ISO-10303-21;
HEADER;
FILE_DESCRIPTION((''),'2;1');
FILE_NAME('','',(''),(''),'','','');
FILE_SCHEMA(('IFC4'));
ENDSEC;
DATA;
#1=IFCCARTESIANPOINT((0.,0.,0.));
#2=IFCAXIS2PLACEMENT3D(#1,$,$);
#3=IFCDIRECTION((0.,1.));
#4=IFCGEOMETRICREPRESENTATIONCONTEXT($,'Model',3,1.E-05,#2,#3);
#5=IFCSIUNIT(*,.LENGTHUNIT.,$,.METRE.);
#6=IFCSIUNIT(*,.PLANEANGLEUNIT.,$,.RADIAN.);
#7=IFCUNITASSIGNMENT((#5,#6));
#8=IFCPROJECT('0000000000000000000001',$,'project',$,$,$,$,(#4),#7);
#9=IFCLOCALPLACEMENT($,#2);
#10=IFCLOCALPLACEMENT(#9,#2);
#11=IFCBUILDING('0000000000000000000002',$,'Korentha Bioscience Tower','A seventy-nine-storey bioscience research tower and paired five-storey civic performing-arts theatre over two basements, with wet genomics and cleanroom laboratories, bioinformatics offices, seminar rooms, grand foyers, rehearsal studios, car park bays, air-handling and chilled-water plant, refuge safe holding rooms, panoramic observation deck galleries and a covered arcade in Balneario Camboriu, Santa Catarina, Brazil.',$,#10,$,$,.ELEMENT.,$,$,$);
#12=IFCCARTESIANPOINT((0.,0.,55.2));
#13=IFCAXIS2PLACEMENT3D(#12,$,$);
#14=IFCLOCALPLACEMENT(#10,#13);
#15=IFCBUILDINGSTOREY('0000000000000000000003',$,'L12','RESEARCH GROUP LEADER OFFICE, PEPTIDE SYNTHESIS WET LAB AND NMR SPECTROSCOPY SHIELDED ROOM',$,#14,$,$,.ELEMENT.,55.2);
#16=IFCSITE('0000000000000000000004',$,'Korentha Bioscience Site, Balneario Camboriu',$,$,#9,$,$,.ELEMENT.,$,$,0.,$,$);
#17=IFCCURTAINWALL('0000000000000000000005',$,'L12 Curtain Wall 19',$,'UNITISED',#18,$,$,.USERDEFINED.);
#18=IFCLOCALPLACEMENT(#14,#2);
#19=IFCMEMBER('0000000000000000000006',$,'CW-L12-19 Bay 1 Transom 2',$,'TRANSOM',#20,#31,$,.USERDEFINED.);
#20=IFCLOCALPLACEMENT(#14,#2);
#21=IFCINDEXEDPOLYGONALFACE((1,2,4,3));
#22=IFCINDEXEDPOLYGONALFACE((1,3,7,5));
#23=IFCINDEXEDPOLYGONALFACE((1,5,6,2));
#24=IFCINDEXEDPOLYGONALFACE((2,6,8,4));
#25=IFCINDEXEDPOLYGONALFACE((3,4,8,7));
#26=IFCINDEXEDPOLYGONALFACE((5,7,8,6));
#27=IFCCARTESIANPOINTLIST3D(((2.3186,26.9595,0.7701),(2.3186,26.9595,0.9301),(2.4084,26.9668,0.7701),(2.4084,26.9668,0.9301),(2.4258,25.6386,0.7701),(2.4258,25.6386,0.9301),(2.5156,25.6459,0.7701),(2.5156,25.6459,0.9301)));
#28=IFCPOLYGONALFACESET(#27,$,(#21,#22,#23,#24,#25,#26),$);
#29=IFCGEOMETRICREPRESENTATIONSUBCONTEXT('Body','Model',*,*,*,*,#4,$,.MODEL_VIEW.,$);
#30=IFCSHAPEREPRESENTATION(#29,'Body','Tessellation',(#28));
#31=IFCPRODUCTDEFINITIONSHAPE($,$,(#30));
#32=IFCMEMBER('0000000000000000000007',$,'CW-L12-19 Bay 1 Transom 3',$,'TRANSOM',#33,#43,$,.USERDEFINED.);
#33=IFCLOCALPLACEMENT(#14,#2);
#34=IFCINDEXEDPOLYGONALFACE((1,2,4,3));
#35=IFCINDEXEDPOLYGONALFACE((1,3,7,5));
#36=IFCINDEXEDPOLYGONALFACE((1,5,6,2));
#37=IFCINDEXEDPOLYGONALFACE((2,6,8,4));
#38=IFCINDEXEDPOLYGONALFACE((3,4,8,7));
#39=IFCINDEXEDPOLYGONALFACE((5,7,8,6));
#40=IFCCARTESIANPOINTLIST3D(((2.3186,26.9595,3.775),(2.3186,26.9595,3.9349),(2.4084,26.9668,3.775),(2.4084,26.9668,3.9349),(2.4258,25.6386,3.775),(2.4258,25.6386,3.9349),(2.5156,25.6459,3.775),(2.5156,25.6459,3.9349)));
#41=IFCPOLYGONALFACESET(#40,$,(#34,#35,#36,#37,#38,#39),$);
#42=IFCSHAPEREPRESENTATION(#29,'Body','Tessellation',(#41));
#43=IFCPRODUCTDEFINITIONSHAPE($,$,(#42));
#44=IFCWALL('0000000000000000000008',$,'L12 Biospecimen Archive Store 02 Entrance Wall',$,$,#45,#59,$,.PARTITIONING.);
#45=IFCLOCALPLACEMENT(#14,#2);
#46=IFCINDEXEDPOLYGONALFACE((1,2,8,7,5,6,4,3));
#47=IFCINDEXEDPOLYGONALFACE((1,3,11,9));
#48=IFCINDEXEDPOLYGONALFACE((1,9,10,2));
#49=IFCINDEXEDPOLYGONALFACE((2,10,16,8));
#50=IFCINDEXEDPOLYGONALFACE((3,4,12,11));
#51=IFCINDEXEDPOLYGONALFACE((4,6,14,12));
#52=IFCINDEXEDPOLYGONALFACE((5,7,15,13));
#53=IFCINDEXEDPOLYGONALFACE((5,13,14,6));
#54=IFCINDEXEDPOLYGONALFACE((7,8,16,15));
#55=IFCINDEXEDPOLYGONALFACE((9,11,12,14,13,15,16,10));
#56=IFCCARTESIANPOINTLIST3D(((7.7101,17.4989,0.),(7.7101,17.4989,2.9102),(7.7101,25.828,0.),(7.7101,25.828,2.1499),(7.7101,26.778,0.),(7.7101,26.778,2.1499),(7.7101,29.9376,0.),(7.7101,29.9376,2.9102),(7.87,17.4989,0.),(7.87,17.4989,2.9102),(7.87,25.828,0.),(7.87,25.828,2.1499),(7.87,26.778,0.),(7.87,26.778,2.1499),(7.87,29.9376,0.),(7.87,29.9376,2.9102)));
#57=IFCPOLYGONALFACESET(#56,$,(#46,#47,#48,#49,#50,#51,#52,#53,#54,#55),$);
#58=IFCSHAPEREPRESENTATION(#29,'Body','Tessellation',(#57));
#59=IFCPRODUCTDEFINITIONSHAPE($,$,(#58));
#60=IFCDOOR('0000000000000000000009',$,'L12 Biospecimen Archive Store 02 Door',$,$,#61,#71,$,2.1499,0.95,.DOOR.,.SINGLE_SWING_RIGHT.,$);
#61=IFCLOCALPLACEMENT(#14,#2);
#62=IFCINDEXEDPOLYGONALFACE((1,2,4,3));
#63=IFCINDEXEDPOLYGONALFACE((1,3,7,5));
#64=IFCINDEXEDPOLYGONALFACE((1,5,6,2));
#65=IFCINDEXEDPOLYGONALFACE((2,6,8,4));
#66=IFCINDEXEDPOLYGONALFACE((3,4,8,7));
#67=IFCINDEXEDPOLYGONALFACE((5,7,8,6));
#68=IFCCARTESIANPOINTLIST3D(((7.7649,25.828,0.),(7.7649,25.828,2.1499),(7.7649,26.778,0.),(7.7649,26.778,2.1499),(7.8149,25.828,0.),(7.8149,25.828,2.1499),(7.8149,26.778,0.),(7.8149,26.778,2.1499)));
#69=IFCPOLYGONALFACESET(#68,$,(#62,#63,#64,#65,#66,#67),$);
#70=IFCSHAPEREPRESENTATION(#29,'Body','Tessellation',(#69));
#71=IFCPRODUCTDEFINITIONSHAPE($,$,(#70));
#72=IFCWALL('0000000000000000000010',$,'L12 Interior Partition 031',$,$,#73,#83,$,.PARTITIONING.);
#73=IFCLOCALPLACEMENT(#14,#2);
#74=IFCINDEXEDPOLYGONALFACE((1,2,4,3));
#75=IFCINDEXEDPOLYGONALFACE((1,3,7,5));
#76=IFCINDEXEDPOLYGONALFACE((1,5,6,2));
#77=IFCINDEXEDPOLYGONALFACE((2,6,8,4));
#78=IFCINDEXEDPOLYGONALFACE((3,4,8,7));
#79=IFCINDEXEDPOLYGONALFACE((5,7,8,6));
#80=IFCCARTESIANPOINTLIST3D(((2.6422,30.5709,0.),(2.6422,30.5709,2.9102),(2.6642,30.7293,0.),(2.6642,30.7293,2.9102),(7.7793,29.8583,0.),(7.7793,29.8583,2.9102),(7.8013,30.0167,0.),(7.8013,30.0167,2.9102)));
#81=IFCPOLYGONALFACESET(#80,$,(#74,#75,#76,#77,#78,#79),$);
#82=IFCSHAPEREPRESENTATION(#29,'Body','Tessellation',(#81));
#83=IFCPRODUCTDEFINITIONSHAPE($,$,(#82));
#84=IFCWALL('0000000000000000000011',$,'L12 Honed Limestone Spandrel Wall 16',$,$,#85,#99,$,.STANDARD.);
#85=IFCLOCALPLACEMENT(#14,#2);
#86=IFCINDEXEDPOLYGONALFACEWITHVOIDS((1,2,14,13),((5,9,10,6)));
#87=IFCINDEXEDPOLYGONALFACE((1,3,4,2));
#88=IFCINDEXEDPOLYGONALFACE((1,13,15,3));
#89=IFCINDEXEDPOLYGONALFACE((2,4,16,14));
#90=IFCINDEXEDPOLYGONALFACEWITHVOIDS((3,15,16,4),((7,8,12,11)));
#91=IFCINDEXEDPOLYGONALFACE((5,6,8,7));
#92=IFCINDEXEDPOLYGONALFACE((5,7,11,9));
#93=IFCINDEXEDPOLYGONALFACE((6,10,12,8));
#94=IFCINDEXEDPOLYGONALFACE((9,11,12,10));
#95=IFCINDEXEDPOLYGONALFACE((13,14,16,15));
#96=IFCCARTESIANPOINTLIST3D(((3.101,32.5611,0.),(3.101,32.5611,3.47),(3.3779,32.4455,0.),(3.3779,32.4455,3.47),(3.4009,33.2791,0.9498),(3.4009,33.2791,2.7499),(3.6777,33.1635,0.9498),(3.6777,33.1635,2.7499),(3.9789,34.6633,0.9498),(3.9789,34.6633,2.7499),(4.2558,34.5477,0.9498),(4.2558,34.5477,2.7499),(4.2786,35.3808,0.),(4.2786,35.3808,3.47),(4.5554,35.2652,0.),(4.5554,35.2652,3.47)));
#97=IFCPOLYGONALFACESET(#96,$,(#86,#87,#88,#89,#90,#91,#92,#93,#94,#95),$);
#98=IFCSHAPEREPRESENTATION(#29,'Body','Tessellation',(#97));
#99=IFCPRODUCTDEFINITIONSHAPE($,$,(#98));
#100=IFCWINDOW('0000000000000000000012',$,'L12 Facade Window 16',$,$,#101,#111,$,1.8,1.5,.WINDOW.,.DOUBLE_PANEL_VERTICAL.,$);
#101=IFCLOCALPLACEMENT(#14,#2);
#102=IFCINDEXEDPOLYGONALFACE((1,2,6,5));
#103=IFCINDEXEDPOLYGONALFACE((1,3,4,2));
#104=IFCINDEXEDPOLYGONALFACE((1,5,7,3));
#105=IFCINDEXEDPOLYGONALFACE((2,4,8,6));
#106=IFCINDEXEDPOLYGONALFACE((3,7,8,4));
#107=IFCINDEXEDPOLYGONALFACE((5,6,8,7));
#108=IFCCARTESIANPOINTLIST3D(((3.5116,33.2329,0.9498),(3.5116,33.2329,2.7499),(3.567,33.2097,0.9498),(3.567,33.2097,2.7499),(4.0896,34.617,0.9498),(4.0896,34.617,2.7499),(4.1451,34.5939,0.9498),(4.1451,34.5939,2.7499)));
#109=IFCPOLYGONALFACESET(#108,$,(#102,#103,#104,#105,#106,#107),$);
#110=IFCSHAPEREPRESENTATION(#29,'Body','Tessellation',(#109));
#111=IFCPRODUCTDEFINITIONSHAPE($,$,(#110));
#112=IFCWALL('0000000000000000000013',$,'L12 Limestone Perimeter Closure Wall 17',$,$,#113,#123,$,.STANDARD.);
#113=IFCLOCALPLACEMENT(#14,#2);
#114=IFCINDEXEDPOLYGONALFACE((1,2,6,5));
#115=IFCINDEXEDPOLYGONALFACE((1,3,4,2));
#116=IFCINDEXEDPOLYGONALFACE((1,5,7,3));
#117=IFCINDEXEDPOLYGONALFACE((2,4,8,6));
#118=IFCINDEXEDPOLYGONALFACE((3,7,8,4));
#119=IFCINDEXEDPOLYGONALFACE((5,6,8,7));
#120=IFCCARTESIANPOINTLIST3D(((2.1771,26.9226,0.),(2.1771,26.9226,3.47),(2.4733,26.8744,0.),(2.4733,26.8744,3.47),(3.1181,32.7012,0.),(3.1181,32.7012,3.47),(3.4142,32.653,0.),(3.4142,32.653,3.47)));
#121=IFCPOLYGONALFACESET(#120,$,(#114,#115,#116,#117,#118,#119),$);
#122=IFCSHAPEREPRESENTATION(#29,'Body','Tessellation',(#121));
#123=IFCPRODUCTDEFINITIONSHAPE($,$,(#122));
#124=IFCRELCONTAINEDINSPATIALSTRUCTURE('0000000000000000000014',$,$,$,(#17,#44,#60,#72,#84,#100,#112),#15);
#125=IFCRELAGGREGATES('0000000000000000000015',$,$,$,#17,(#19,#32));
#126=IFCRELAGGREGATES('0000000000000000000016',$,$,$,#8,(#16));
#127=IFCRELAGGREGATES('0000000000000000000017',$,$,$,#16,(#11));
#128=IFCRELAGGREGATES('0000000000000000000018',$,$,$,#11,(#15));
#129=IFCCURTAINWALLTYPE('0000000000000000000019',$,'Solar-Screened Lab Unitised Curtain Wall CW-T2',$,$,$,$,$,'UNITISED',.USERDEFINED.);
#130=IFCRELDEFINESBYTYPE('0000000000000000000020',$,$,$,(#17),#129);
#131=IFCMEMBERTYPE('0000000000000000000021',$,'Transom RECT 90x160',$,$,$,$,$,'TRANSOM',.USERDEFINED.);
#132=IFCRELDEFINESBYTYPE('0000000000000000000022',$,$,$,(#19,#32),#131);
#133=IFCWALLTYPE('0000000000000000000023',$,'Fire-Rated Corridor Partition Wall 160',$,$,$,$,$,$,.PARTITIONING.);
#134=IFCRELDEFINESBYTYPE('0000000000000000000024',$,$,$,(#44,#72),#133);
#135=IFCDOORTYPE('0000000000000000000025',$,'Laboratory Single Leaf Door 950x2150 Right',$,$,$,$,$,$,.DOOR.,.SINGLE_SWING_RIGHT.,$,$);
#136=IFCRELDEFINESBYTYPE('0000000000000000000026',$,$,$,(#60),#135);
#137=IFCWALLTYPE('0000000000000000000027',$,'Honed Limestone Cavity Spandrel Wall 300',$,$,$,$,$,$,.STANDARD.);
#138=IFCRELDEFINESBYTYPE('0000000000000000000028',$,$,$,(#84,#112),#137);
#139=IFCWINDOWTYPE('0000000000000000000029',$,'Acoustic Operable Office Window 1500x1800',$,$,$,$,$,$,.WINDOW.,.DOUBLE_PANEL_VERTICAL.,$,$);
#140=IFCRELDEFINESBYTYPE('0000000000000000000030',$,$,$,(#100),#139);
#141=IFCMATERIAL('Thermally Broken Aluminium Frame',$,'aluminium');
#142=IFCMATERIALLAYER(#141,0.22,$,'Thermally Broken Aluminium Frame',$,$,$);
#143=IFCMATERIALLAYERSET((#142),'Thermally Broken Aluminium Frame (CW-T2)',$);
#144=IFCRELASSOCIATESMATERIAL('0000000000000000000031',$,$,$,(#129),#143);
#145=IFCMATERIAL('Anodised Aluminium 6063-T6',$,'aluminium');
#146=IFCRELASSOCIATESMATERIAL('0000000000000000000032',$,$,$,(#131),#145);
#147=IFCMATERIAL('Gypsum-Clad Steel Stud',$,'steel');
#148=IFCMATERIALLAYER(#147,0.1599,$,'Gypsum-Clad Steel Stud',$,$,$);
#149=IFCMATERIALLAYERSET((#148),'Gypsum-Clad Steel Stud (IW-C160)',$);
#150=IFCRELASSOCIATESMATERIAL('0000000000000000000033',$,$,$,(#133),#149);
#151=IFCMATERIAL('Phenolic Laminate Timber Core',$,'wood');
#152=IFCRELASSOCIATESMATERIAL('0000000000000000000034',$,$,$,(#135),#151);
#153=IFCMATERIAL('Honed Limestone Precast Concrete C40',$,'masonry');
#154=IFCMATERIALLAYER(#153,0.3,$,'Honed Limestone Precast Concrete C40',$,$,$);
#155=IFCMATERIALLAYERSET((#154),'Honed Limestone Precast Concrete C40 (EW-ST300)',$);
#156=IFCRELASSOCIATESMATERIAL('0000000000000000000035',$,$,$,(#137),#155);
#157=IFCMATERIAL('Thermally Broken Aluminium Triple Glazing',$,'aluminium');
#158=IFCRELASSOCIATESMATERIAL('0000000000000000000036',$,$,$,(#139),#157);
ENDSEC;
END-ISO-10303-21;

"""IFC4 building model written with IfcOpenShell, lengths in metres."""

from ifc_helpers import new_model, si_unit, direction, frame, frame_2d, origin, origin_2d, place, context, subcontext, project, spatial, rectangle, extrude, material, layer, layer_set, material_profile, profile_set, type_object, element, fill, aggregate, save


model = new_model("IFC4")

# Units and contexts
model_context = context("Model", 3, precision=1e-05, world=origin(), true_north=direction((0.0, 1.0)))
body_context = subcontext(model_context, "Body", "Model", "MODEL_VIEW")
ifc_project = project(units=[si_unit("LENGTHUNIT", "METRE"), si_unit("PLANEANGLEUNIT", "RADIAN")], contexts=[model_context])

# Site, building, storey
site_placement = place(None, origin())
site = spatial("IfcSite", under=ifc_project, at=site_placement, Name="Korentha Bioscience Site, Balneario Camboriu", CompositionType="ELEMENT", RefElevation=0.0)
building_placement = place(site_placement, origin())
building = spatial("IfcBuilding", under=site, at=building_placement, Name="Korentha Bioscience Tower", Description="A seventy-nine-storey bioscience research tower and paired five-storey civic performing-arts theatre over two basements, with wet genomics and cleanroom laboratories, bioinformatics offices, seminar rooms, grand foyers, rehearsal studios, car park bays, air-handling and chilled-water plant, refuge safe holding rooms, panoramic observation deck galleries and a covered arcade in Balneario Camboriu, Santa Catarina, Brazil.", CompositionType="ELEMENT")
storey_placement = place(building_placement, frame((0.0, 0.0, 55.2)))
storey = spatial("IfcBuildingStorey", under=building, at=storey_placement, Name="L12", Description="RESEARCH GROUP LEADER OFFICE, PEPTIDE SYNTHESIS WET LAB AND NMR SPECTROSCOPY SHIELDED ROOM", CompositionType="ELEMENT", Elevation=55.2)

# Curtain wall
ifc_material_1 = material(Name="Thermally Broken Aluminium Frame", Category="aluminium")
ifc_layer_1 = layer(ifc_material_1, 0.22, Name="Thermally Broken Aluminium Frame")
ifc_layer_set_1 = layer_set([ifc_layer_1], Name="Thermally Broken Aluminium Frame (CW-T2)")
curtain_wall_type = type_object("IfcCurtainWallType", Name="Solar-Screened Lab Unitised Curtain Wall CW-T2", ElementType="UNITISED", PredefinedType="USERDEFINED", material=ifc_layer_set_1)
curtain_wall_placement = place(storey_placement, origin())
curtain_wall = element("IfcCurtainWall", 1, at=curtain_wall_placement, inside=storey, type_object=curtain_wall_type, Name="L12 Curtain Wall 19", ObjectType="UNITISED", PredefinedType="USERDEFINED")
ifc_material_2 = material(Name="Anodised Aluminium 6063-T6", Category="aluminium")

# Members
ifc_material_profile_1 = material_profile(ifc_material_2, rectangle(XDim=0.0901, YDim=0.1599, at=origin_2d()), Name="Anodised Aluminium 6063-T6")
ifc_profile_set_1 = profile_set([ifc_material_profile_1], Name="Anodised Aluminium 6063-T6 (CW-TRN)")
member_type_1 = type_object("IfcMemberType", Name="Transom RECT 90x160", ElementType="TRANSOM", PredefinedType="USERDEFINED", material=ifc_profile_set_1)
member_1_placement = place(storey_placement, frame((2.3635, 26.9631, 0.8501), z_axis=(0.08088, -0.996724, 0.0), x_axis=(0.996724, 0.08088, 0.0)))
member_1 = element("IfcMember", 2, at=member_1_placement, type_object=member_type_1, Name="CW-L12-19 Bay 1 Transom 2", ObjectType="TRANSOM", PredefinedType="USERDEFINED", context=body_context, shape_type="SweptSolid", body=[
    extrude(rectangle(XDim=0.0901, YDim=0.1599, at=origin_2d()), origin(), (0.0, 0.0, 1.0), 1.3252),
])
member_2_placement = place(storey_placement, frame((2.3635, 26.9631, 3.855), z_axis=(0.08088, -0.996724, 0.0), x_axis=(0.996724, 0.08088, 0.0)))
member_2 = element("IfcMember", 3, at=member_2_placement, type_object=member_type_1, Name="CW-L12-19 Bay 1 Transom 3", ObjectType="TRANSOM", PredefinedType="USERDEFINED", context=body_context, shape_type="SweptSolid", body=[
    extrude(rectangle(XDim=0.0901, YDim=0.1599, at=origin_2d()), origin(), (0.0, 0.0, 1.0), 1.3252),
])
aggregate(curtain_wall, [member_1, member_2])

# Wall, opening, door
ifc_material_3 = material(Name="Gypsum-Clad Steel Stud", Category="steel")
ifc_layer_2 = layer(ifc_material_3, 0.1599, Name="Gypsum-Clad Steel Stud")
ifc_layer_set_2 = layer_set([ifc_layer_2], Name="Gypsum-Clad Steel Stud (IW-C160)")
wall_type_1 = type_object("IfcWallType", Name="Fire-Rated Corridor Partition Wall 160", PredefinedType="PARTITIONING", material=ifc_layer_set_2)
wall_1_placement = place(storey_placement, frame((7.79, 29.9375, 0.0), z_axis=(0.0, 0.0, 1.0), x_axis=(0.0, -1.0, 0.0)))
wall_1 = element("IfcWall", 4, at=wall_1_placement, inside=storey, type_object=wall_type_1, Name="L12 Biospecimen Archive Store 02 Entrance Wall", PredefinedType="PARTITIONING", context=body_context, shape_type="SweptSolid", body=[
    extrude(rectangle(XDim=12.4387, YDim=0.1599, at=frame_2d((6.2192, 0.0))), origin(), (0.0, 0.0, 1.0), 2.9102),
])
opening_1_placement = place(wall_1_placement, frame((3.1594, 0.0, 0.0)))
opening_1 = element("IfcOpeningElement", 5, at=opening_1_placement, cuts=wall_1, PredefinedType="OPENING", context=body_context, shape_type="SweptSolid", body=[
    extrude(rectangle(XDim=0.95, YDim=2.1499, at=frame_2d((0.4751, 1.075))), frame((0.0, 0.0947, 0.0), z_axis=(0.0, -1.0, 0.0), x_axis=(1.0, 0.0, 0.0)), (0.0, 0.0, 1.0), 0.1897),
])
ifc_material_4 = material(Name="Phenolic Laminate Timber Core", Category="wood")
door_type = type_object("IfcDoorType", Name="Laboratory Single Leaf Door 950x2150 Right", OperationType="SINGLE_SWING_RIGHT", PredefinedType="DOOR", material=ifc_material_4)
door_placement = place(opening_1_placement, origin())
door = element("IfcDoor", 6, at=door_placement, inside=storey, type_object=door_type, Name="L12 Biospecimen Archive Store 02 Door", OperationType="SINGLE_SWING_RIGHT", OverallHeight=2.1499, OverallWidth=0.95, PredefinedType="DOOR", context=body_context, shape_type="SweptSolid", body=[
    extrude(rectangle(XDim=0.95, YDim=2.1499, at=frame_2d((0.4751, 1.075))), frame((0.0, 0.0249, 0.0), z_axis=(0.0, -1.0, 0.0), x_axis=(1.0, 0.0, 0.0)), (0.0, 0.0, 1.0), 0.05),
])
fill(opening_1, door)

# Wall
wall_2_placement = place(storey_placement, frame((2.6531, 30.6501, 0.0), z_axis=(0.0, 0.0, 1.0), x_axis=(0.990514, -0.137413, 0.0)))
element("IfcWall", 7, at=wall_2_placement, inside=storey, type_object=wall_type_1, Name="L12 Interior Partition 031", PredefinedType="PARTITIONING", context=body_context, shape_type="SweptSolid", body=[
    extrude(rectangle(XDim=5.1863, YDim=0.1599, at=frame_2d((2.5933, 0.0))), origin(), (0.0, 0.0, 1.0), 2.9102),
])

# Wall, opening, window
ifc_material_5 = material(Name="Honed Limestone Precast Concrete C40", Category="masonry")
ifc_layer_3 = layer(ifc_material_5, 0.3, Name="Honed Limestone Precast Concrete C40")
ifc_layer_set_3 = layer_set([ifc_layer_3], Name="Honed Limestone Precast Concrete C40 (EW-ST300)")
wall_type_2 = type_object("IfcWallType", Name="Honed Limestone Cavity Spandrel Wall 300", PredefinedType="STANDARD", material=ifc_layer_set_3)
wall_3_placement = place(storey_placement, frame((4.417, 35.323, 0.0), z_axis=(0.0, 0.0, 1.0), x_axis=(-0.385358, -0.922767, 0.0)))
wall_3 = element("IfcWall", 8, at=wall_3_placement, inside=storey, type_object=wall_type_2, Name="L12 Honed Limestone Spandrel Wall 16", PredefinedType="STANDARD", context=body_context, shape_type="SweptSolid", body=[
    extrude(rectangle(XDim=3.0557, YDim=0.3, at=frame_2d((1.5278, 0.0))), origin(), (0.0, 0.0, 1.0), 3.47),
])
opening_2_placement = place(wall_3_placement, frame((0.7776, 0.0, 0.95)))
opening_2 = element("IfcOpeningElement", 9, at=opening_2_placement, cuts=wall_3, PredefinedType="OPENING", context=body_context, shape_type="SweptSolid", body=[
    extrude(rectangle(XDim=1.5, YDim=1.8, at=frame_2d((0.75, 0.8999))), frame((0.0, 0.165, 0.0), z_axis=(0.0, -1.0, 0.0), x_axis=(1.0, 0.0, 0.0)), (0.0, 0.0, 1.0), 0.3298),
])
ifc_material_6 = material(Name="Thermally Broken Aluminium Triple Glazing", Category="aluminium")
window_type = type_object("IfcWindowType", Name="Acoustic Operable Office Window 1500x1800", PartitioningType="DOUBLE_PANEL_VERTICAL", PredefinedType="WINDOW", material=ifc_material_6)
window_placement = place(opening_2_placement, origin())
window = element("IfcWindow", 10, at=window_placement, inside=storey, type_object=window_type, Name="L12 Facade Window 16", OverallHeight=1.8, OverallWidth=1.5, PartitioningType="DOUBLE_PANEL_VERTICAL", PredefinedType="WINDOW", context=body_context, shape_type="SweptSolid", body=[
    extrude(rectangle(XDim=1.5, YDim=1.8, at=frame_2d((0.75, 0.8999))), frame((0.0, 0.03, 0.0), z_axis=(0.0, -1.0, 0.0), x_axis=(1.0, 0.0, 0.0)), (0.0, 0.0, 1.0), 0.0601),
])
fill(opening_2, window)

# Wall
wall_4_placement = place(storey_placement, frame((3.2661, 32.677, 0.0), z_axis=(0.0, 0.0, 1.0), x_axis=(-0.160712, -0.987001, 0.0)))
element("IfcWall", 11, at=wall_4_placement, inside=storey, type_object=wall_type_2, Name="L12 Limestone Perimeter Closure Wall 17", PredefinedType="STANDARD", context=body_context, shape_type="SweptSolid", body=[
    extrude(rectangle(XDim=5.8547, YDim=0.3, at=frame_2d((2.9272, 0.0))), origin(), (0.0, 0.0, 1.0), 3.47),
])

save(model, "model.ifc")
